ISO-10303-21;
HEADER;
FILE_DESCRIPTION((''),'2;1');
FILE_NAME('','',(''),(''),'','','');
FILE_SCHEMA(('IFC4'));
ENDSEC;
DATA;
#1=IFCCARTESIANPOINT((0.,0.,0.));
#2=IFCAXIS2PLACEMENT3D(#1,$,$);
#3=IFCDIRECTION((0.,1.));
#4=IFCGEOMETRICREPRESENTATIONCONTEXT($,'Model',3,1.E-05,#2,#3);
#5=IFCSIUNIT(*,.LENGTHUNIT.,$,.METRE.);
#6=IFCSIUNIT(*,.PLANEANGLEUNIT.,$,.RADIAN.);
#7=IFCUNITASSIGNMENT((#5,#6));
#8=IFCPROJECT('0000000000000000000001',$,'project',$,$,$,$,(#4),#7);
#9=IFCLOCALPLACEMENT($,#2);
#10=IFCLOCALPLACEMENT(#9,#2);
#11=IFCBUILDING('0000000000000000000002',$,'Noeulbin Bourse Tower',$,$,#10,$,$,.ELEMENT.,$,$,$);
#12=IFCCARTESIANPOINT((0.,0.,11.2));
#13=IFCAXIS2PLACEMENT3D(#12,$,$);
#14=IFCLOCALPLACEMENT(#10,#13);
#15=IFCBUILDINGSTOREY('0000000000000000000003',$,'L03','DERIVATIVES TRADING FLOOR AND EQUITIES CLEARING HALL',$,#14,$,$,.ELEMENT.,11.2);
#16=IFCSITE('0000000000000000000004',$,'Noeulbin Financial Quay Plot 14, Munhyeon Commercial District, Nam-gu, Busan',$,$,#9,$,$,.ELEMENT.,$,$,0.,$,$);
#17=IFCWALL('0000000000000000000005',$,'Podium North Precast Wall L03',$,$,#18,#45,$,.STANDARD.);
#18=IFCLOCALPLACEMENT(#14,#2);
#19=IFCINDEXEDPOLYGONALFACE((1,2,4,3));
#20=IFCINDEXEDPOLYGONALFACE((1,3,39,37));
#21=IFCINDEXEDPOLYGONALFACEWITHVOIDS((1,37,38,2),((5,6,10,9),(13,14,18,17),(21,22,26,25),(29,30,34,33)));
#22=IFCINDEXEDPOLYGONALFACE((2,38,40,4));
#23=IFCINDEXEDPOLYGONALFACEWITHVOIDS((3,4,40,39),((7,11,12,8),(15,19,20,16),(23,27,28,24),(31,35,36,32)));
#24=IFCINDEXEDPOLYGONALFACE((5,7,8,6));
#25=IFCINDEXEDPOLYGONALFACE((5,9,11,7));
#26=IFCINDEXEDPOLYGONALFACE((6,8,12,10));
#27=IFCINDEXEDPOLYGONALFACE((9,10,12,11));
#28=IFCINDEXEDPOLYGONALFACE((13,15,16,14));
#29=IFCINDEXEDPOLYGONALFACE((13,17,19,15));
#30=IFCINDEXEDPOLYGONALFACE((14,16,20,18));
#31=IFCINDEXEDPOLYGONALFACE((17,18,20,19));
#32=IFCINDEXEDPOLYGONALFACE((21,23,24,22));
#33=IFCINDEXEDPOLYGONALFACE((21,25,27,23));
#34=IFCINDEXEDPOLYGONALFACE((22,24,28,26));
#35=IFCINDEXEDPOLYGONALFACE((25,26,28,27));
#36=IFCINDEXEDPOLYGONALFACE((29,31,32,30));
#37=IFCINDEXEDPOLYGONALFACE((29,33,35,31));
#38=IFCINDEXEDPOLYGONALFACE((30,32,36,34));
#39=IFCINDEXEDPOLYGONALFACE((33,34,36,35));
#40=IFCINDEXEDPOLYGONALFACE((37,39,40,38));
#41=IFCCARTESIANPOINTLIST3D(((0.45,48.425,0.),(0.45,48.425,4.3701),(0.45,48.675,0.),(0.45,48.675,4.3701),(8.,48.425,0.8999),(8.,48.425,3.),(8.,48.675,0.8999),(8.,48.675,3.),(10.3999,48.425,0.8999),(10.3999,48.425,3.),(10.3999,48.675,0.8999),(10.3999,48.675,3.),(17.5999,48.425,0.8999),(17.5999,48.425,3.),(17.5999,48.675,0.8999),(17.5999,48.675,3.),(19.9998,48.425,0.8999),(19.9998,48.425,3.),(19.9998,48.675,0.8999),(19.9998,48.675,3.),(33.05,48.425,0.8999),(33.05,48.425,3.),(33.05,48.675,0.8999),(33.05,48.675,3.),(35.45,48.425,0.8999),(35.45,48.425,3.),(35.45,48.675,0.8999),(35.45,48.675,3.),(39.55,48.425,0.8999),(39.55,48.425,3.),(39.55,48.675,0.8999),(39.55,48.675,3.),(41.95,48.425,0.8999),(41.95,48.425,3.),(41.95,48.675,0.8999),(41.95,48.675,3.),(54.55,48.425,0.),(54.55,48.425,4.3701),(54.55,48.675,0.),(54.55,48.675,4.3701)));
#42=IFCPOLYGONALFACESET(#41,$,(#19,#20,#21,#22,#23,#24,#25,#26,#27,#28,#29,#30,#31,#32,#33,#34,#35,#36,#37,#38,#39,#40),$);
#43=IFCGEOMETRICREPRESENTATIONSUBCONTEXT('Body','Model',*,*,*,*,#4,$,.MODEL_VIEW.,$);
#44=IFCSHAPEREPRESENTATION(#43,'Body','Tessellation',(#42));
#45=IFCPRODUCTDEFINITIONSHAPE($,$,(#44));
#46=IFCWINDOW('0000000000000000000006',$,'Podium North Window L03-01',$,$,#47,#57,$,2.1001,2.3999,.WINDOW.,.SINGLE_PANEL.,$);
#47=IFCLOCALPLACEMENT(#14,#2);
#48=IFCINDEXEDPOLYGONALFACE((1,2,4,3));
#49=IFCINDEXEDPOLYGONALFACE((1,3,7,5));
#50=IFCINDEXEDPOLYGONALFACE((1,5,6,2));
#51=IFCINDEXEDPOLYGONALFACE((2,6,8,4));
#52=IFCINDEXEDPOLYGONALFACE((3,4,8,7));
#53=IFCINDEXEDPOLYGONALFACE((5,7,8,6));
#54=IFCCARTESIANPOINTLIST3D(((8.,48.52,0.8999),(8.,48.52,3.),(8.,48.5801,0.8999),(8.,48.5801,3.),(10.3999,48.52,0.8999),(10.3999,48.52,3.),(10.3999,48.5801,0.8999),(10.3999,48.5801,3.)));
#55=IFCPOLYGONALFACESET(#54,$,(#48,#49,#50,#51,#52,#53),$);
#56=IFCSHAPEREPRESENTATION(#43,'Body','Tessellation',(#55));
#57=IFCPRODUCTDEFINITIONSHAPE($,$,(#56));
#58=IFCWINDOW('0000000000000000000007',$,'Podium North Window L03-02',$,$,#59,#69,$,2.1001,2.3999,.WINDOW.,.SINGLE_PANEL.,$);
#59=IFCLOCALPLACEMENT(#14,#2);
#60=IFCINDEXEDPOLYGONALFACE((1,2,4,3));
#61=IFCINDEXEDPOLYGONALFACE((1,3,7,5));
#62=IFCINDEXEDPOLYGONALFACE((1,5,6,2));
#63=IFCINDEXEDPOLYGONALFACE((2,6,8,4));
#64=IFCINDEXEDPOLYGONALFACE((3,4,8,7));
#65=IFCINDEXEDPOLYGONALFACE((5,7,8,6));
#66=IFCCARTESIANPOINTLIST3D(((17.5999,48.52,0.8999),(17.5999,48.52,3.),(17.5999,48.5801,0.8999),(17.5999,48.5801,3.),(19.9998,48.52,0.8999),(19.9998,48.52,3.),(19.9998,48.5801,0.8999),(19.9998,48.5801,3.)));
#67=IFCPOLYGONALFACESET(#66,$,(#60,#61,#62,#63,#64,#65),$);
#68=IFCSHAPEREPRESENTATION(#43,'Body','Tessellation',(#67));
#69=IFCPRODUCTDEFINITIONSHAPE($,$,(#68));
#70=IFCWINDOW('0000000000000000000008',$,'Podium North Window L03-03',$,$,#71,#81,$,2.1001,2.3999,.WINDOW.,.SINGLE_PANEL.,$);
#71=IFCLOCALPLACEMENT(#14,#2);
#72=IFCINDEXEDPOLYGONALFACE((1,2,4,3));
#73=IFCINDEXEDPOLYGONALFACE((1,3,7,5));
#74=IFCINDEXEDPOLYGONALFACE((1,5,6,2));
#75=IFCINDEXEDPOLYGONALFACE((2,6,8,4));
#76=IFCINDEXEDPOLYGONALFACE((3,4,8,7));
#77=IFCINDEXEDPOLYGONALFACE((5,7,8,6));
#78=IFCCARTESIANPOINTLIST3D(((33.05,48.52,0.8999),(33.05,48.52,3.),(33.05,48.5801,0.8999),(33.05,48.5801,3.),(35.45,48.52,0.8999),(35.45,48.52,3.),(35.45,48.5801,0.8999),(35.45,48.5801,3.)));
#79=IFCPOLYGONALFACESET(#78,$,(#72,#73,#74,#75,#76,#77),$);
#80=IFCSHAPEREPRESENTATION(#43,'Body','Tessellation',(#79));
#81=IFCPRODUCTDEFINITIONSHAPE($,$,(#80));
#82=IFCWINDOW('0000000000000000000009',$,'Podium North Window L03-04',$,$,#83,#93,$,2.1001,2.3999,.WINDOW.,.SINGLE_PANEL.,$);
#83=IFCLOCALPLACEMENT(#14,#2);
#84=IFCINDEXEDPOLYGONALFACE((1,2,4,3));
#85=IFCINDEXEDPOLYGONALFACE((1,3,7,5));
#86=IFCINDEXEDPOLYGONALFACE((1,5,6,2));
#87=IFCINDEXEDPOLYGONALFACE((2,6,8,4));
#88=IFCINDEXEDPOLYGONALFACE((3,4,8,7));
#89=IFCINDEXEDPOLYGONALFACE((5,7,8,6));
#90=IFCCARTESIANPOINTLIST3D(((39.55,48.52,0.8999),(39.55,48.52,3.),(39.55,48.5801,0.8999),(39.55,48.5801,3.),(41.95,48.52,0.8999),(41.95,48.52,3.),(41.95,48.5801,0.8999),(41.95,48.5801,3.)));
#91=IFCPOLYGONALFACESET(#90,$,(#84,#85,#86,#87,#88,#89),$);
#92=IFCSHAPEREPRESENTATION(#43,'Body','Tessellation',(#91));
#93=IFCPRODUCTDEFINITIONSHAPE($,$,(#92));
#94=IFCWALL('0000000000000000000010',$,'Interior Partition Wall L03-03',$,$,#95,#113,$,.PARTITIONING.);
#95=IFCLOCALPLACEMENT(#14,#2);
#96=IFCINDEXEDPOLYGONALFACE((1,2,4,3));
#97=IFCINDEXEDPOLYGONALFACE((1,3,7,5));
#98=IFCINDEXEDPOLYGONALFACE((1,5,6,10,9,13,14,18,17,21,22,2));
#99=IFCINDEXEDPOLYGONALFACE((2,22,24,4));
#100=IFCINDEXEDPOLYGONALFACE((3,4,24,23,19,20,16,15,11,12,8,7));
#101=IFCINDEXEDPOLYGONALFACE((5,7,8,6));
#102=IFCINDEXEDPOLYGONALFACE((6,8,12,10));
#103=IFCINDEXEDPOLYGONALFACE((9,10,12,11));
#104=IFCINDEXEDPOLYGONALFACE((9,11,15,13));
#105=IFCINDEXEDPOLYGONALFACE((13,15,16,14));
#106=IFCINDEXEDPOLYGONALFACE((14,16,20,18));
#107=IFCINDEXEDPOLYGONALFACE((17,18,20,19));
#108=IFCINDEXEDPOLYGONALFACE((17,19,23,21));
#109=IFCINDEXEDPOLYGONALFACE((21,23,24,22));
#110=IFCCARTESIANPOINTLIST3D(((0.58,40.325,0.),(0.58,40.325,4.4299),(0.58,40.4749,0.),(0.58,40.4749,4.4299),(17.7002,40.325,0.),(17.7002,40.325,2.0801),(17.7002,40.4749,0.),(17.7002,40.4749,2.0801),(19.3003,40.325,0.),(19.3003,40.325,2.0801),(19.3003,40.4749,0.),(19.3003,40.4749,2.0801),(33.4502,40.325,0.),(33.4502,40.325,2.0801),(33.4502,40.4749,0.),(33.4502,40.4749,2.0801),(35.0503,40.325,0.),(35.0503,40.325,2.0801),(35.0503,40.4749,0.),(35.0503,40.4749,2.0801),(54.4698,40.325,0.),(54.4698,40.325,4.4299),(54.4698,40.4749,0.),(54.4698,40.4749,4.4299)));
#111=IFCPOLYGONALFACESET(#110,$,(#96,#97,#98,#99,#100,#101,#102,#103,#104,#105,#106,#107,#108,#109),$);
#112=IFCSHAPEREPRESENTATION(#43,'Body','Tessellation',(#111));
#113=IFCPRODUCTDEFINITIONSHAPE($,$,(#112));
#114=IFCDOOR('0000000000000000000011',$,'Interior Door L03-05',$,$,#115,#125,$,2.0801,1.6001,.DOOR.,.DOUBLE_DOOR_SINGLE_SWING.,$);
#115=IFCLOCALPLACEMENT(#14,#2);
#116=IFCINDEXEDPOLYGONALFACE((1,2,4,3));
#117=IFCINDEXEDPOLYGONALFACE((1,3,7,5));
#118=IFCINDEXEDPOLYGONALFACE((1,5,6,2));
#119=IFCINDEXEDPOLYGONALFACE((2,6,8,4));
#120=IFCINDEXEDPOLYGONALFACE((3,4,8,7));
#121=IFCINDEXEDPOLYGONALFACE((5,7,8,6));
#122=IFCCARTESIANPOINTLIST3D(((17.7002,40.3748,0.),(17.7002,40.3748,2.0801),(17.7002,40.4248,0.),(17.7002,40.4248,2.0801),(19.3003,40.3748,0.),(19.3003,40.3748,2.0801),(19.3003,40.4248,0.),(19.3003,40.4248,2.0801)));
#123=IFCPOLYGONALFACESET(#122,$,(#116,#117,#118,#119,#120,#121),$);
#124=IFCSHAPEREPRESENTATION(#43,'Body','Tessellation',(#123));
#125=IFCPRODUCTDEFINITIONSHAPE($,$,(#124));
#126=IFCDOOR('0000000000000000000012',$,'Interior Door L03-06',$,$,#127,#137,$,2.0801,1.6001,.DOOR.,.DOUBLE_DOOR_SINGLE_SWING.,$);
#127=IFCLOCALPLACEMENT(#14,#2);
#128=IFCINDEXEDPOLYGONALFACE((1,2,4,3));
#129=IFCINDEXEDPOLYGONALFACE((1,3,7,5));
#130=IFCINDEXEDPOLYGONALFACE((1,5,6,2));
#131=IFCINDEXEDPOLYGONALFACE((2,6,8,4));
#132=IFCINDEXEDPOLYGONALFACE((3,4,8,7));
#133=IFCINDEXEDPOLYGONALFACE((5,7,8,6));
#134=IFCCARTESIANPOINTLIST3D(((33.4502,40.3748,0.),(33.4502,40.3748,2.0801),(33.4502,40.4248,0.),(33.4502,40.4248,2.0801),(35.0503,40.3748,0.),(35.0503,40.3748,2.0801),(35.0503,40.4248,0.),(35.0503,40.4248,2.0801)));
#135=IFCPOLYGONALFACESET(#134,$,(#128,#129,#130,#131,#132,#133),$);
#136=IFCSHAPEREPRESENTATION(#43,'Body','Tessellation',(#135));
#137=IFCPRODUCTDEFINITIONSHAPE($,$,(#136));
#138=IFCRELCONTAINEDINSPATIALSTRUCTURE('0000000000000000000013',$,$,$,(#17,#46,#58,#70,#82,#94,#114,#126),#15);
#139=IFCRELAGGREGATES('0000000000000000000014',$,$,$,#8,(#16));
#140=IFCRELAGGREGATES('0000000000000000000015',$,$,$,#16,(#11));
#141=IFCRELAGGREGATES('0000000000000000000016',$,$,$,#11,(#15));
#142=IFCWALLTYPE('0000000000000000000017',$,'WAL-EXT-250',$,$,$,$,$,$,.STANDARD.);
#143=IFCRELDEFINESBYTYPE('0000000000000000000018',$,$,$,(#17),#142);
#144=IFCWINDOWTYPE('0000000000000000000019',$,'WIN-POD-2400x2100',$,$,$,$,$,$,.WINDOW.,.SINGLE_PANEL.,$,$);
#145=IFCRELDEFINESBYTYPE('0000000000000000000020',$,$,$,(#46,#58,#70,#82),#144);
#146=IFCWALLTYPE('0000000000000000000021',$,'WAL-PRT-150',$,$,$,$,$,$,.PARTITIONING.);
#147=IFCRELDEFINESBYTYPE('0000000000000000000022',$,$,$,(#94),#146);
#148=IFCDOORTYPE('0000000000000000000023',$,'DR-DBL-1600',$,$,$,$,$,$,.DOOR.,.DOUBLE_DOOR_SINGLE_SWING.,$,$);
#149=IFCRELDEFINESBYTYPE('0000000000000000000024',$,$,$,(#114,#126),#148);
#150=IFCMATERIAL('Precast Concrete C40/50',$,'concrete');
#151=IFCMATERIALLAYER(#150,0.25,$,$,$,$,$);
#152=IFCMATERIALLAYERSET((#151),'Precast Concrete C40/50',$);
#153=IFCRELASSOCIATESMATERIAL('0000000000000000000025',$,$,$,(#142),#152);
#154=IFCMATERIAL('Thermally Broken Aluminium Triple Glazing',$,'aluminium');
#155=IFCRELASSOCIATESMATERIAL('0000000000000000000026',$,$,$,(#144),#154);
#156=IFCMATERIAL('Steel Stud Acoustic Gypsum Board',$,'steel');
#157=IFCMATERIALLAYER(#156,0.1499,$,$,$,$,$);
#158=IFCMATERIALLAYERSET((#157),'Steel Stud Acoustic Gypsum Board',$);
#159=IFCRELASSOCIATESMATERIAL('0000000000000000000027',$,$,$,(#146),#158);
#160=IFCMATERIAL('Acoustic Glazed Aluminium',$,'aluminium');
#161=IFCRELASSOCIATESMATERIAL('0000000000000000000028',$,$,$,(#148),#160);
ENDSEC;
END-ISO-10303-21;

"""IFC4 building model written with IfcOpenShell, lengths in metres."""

from ifc_helpers import new_model, si_unit, direction, frame, frame_2d, origin, place, context, subcontext, project, spatial, rectangle, extrude, material, layer, layer_set, type_object, element, fill, save


model = new_model("IFC4")

# Units and contexts
model_context = context("Model", 3, precision=1e-05, world=origin(), true_north=direction((0.0, 1.0)))
body_context = subcontext(model_context, "Body", "Model", "MODEL_VIEW")
ifc_project = project(units=[si_unit("LENGTHUNIT", "METRE"), si_unit("PLANEANGLEUNIT", "RADIAN")], contexts=[model_context])

# Site, building, storey
site_placement = place(None, origin())
site = spatial("IfcSite", under=ifc_project, at=site_placement, Name="Noeulbin Financial Quay Plot 14, Munhyeon Commercial District, Nam-gu, Busan", CompositionType="ELEMENT", RefElevation=0.0)
building_placement = place(site_placement, origin())
building = spatial("IfcBuilding", under=site, at=building_placement, Name="Noeulbin Bourse Tower", CompositionType="ELEMENT")
storey_placement = place(building_placement, frame((0.0, 0.0, 11.2)))
storey = spatial("IfcBuildingStorey", under=building, at=storey_placement, Name="L03", Description="DERIVATIVES TRADING FLOOR AND EQUITIES CLEARING HALL", CompositionType="ELEMENT", Elevation=11.2)

# Wall, openings, windows
ifc_material_1 = material(Name="Precast Concrete C40/50", Category="concrete")
ifc_layer_1 = layer(ifc_material_1, 0.25)
ifc_layer_set_1 = layer_set([ifc_layer_1], Name="Precast Concrete C40/50")
wall_type_1 = type_object("IfcWallType", Name="WAL-EXT-250", PredefinedType="STANDARD", material=ifc_layer_set_1)
wall_1_placement = place(storey_placement, frame((0.45, 48.55, 0.0), z_axis=(0.0, 0.0, 1.0), x_axis=(1.0, 0.0, 0.0)))
wall_1 = element("IfcWall", 1, at=wall_1_placement, inside=storey, type_object=wall_type_1, Name="Podium North Precast Wall L03", PredefinedType="STANDARD", context=body_context, shape_type="SweptSolid", body=[
    extrude(rectangle(XDim=54.1001, YDim=0.25, at=frame_2d((27.05, 0.0))), origin(), (0.0, 0.0, 1.0), 4.3701),
])
opening_1_placement = place(wall_1_placement, frame((7.55, 0.0, 0.8999)))
opening_1 = element("IfcOpeningElement", 2, at=opening_1_placement, cuts=wall_1, PredefinedType="OPENING", context=body_context, shape_type="SweptSolid", body=[
    extrude(rectangle(XDim=2.3999, YDim=2.1001, at=frame_2d((1.2, 1.05))), frame((0.0, 0.135, 0.0), z_axis=(0.0, -1.0, 0.0), x_axis=(1.0, 0.0, 0.0)), (0.0, 0.0, 1.0), 0.27),
])
opening_2_placement = place(wall_1_placement, frame((17.1499, 0.0, 0.8999)))
opening_2 = element("IfcOpeningElement", 3, at=opening_2_placement, cuts=wall_1, PredefinedType="OPENING", context=body_context, shape_type="SweptSolid", body=[
    extrude(rectangle(XDim=2.3999, YDim=2.1001, at=frame_2d((1.2, 1.05))), frame((0.0, 0.135, 0.0), z_axis=(0.0, -1.0, 0.0), x_axis=(1.0, 0.0, 0.0)), (0.0, 0.0, 1.0), 0.27),
])
opening_3_placement = place(wall_1_placement, frame((32.6001, 0.0, 0.8999)))
opening_3 = element("IfcOpeningElement", 4, at=opening_3_placement, cuts=wall_1, PredefinedType="OPENING", context=body_context, shape_type="SweptSolid", body=[
    extrude(rectangle(XDim=2.3999, YDim=2.1001, at=frame_2d((1.2, 1.05))), frame((0.0, 0.135, 0.0), z_axis=(0.0, -1.0, 0.0), x_axis=(1.0, 0.0, 0.0)), (0.0, 0.0, 1.0), 0.27),
])
opening_4_placement = place(wall_1_placement, frame((39.1001, 0.0, 0.8999)))
opening_4 = element("IfcOpeningElement", 5, at=opening_4_placement, cuts=wall_1, PredefinedType="OPENING", context=body_context, shape_type="SweptSolid", body=[
    extrude(rectangle(XDim=2.3999, YDim=2.1001, at=frame_2d((1.2, 1.05))), frame((0.0, 0.135, 0.0), z_axis=(0.0, -1.0, 0.0), x_axis=(1.0, 0.0, 0.0)), (0.0, 0.0, 1.0), 0.27),
])
ifc_material_2 = material(Name="Thermally Broken Aluminium Triple Glazing", Category="aluminium")
window_type = type_object("IfcWindowType", Name="WIN-POD-2400x2100", PartitioningType="SINGLE_PANEL", PredefinedType="WINDOW", material=ifc_material_2)
window_1_placement = place(opening_1_placement, origin())
window_1 = element("IfcWindow", 6, at=window_1_placement, inside=storey, type_object=window_type, Name="Podium North Window L03-01", OverallHeight=2.1001, OverallWidth=2.3999, PartitioningType="SINGLE_PANEL", PredefinedType="WINDOW", context=body_context, shape_type="SweptSolid", body=[
    extrude(rectangle(XDim=2.3999, YDim=2.1001, at=frame_2d((1.2, 1.05))), frame((0.0, 0.03, 0.0), z_axis=(0.0, -1.0, 0.0), x_axis=(1.0, 0.0, 0.0)), (0.0, 0.0, 1.0), 0.0601),
])
fill(opening_1, window_1)
window_2_placement = place(opening_2_placement, origin())
window_2 = element("IfcWindow", 7, at=window_2_placement, inside=storey, type_object=window_type, Name="Podium North Window L03-02", OverallHeight=2.1001, OverallWidth=2.3999, PartitioningType="SINGLE_PANEL", PredefinedType="WINDOW", context=body_context, shape_type="SweptSolid", body=[
    extrude(rectangle(XDim=2.3999, YDim=2.1001, at=frame_2d((1.2, 1.05))), frame((0.0, 0.03, 0.0), z_axis=(0.0, -1.0, 0.0), x_axis=(1.0, 0.0, 0.0)), (0.0, 0.0, 1.0), 0.0601),
])
fill(opening_2, window_2)
window_3_placement = place(opening_3_placement, origin())
window_3 = element("IfcWindow", 8, at=window_3_placement, inside=storey, type_object=window_type, Name="Podium North Window L03-03", OverallHeight=2.1001, OverallWidth=2.3999, PartitioningType="SINGLE_PANEL", PredefinedType="WINDOW", context=body_context, shape_type="SweptSolid", body=[
    extrude(rectangle(XDim=2.3999, YDim=2.1001, at=frame_2d((1.2, 1.05))), frame((0.0, 0.03, 0.0), z_axis=(0.0, -1.0, 0.0), x_axis=(1.0, 0.0, 0.0)), (0.0, 0.0, 1.0), 0.0601),
])
fill(opening_3, window_3)
window_4_placement = place(opening_4_placement, origin())
window_4 = element("IfcWindow", 9, at=window_4_placement, inside=storey, type_object=window_type, Name="Podium North Window L03-04", OverallHeight=2.1001, OverallWidth=2.3999, PartitioningType="SINGLE_PANEL", PredefinedType="WINDOW", context=body_context, shape_type="SweptSolid", body=[
    extrude(rectangle(XDim=2.3999, YDim=2.1001, at=frame_2d((1.2, 1.05))), frame((0.0, 0.03, 0.0), z_axis=(0.0, -1.0, 0.0), x_axis=(1.0, 0.0, 0.0)), (0.0, 0.0, 1.0), 0.0601),
])
fill(opening_4, window_4)

# Wall, openings, doors
ifc_material_3 = material(Name="Steel Stud Acoustic Gypsum Board", Category="steel")
ifc_layer_2 = layer(ifc_material_3, 0.1499)
ifc_layer_set_2 = layer_set([ifc_layer_2], Name="Steel Stud Acoustic Gypsum Board")
wall_type_2 = type_object("IfcWallType", Name="WAL-PRT-150", PredefinedType="PARTITIONING", material=ifc_layer_set_2)
wall_2_placement = place(storey_placement, frame((0.5801, 40.3999, 0.0), z_axis=(0.0, 0.0, 1.0), x_axis=(1.0, 0.0, 0.0)))
wall_2 = element("IfcWall", 10, at=wall_2_placement, inside=storey, type_object=wall_type_2, Name="Interior Partition Wall L03-03", PredefinedType="PARTITIONING", context=body_context, shape_type="SweptSolid", body=[
    extrude(rectangle(XDim=53.8899, YDim=0.1499, at=frame_2d((26.9448, 0.0))), origin(), (0.0, 0.0, 1.0), 4.4299),
])
opening_5_placement = place(wall_2_placement, frame((17.1201, 0.0, 0.0)))
opening_5 = element("IfcOpeningElement", 11, at=opening_5_placement, cuts=wall_2, PredefinedType="OPENING", context=body_context, shape_type="SweptSolid", body=[
    extrude(rectangle(XDim=1.6001, YDim=2.0801, at=frame_2d((0.8, 1.04))), frame((0.0, 0.085, 0.0), z_axis=(0.0, -1.0, 0.0), x_axis=(1.0, 0.0, 0.0)), (0.0, 0.0, 1.0), 0.1699),
])
opening_6_placement = place(wall_2_placement, frame((32.8701, 0.0, 0.0)))
opening_6 = element("IfcOpeningElement", 12, at=opening_6_placement, cuts=wall_2, PredefinedType="OPENING", context=body_context, shape_type="SweptSolid", body=[
    extrude(rectangle(XDim=1.6001, YDim=2.0801, at=frame_2d((0.8, 1.04))), frame((0.0, 0.085, 0.0), z_axis=(0.0, -1.0, 0.0), x_axis=(1.0, 0.0, 0.0)), (0.0, 0.0, 1.0), 0.1699),
])
ifc_material_4 = material(Name="Acoustic Glazed Aluminium", Category="aluminium")
door_type = type_object("IfcDoorType", Name="DR-DBL-1600", OperationType="DOUBLE_DOOR_SINGLE_SWING", PredefinedType="DOOR", material=ifc_material_4)
door_1_placement = place(opening_5_placement, origin())
door_1 = element("IfcDoor", 13, at=door_1_placement, inside=storey, type_object=door_type, Name="Interior Door L03-05", OperationType="DOUBLE_DOOR_SINGLE_SWING", OverallHeight=2.0801, OverallWidth=1.6001, PredefinedType="DOOR", context=body_context, shape_type="SweptSolid", body=[
    extrude(rectangle(XDim=1.6001, YDim=2.0801, at=frame_2d((0.8, 1.04))), frame((0.0, 0.0249, 0.0), z_axis=(0.0, -1.0, 0.0), x_axis=(1.0, 0.0, 0.0)), (0.0, 0.0, 1.0), 0.05),
])
fill(opening_5, door_1)
door_2_placement = place(opening_6_placement, origin())
door_2 = element("IfcDoor", 14, at=door_2_placement, inside=storey, type_object=door_type, Name="Interior Door L03-06", OperationType="DOUBLE_DOOR_SINGLE_SWING", OverallHeight=2.0801, OverallWidth=1.6001, PredefinedType="DOOR", context=body_context, shape_type="SweptSolid", body=[
    extrude(rectangle(XDim=1.6001, YDim=2.0801, at=frame_2d((0.8, 1.04))), frame((0.0, 0.0249, 0.0), z_axis=(0.0, -1.0, 0.0), x_axis=(1.0, 0.0, 0.0)), (0.0, 0.0, 1.0), 0.05),
])
fill(opening_6, door_2)

save(model, "model.ifc")
